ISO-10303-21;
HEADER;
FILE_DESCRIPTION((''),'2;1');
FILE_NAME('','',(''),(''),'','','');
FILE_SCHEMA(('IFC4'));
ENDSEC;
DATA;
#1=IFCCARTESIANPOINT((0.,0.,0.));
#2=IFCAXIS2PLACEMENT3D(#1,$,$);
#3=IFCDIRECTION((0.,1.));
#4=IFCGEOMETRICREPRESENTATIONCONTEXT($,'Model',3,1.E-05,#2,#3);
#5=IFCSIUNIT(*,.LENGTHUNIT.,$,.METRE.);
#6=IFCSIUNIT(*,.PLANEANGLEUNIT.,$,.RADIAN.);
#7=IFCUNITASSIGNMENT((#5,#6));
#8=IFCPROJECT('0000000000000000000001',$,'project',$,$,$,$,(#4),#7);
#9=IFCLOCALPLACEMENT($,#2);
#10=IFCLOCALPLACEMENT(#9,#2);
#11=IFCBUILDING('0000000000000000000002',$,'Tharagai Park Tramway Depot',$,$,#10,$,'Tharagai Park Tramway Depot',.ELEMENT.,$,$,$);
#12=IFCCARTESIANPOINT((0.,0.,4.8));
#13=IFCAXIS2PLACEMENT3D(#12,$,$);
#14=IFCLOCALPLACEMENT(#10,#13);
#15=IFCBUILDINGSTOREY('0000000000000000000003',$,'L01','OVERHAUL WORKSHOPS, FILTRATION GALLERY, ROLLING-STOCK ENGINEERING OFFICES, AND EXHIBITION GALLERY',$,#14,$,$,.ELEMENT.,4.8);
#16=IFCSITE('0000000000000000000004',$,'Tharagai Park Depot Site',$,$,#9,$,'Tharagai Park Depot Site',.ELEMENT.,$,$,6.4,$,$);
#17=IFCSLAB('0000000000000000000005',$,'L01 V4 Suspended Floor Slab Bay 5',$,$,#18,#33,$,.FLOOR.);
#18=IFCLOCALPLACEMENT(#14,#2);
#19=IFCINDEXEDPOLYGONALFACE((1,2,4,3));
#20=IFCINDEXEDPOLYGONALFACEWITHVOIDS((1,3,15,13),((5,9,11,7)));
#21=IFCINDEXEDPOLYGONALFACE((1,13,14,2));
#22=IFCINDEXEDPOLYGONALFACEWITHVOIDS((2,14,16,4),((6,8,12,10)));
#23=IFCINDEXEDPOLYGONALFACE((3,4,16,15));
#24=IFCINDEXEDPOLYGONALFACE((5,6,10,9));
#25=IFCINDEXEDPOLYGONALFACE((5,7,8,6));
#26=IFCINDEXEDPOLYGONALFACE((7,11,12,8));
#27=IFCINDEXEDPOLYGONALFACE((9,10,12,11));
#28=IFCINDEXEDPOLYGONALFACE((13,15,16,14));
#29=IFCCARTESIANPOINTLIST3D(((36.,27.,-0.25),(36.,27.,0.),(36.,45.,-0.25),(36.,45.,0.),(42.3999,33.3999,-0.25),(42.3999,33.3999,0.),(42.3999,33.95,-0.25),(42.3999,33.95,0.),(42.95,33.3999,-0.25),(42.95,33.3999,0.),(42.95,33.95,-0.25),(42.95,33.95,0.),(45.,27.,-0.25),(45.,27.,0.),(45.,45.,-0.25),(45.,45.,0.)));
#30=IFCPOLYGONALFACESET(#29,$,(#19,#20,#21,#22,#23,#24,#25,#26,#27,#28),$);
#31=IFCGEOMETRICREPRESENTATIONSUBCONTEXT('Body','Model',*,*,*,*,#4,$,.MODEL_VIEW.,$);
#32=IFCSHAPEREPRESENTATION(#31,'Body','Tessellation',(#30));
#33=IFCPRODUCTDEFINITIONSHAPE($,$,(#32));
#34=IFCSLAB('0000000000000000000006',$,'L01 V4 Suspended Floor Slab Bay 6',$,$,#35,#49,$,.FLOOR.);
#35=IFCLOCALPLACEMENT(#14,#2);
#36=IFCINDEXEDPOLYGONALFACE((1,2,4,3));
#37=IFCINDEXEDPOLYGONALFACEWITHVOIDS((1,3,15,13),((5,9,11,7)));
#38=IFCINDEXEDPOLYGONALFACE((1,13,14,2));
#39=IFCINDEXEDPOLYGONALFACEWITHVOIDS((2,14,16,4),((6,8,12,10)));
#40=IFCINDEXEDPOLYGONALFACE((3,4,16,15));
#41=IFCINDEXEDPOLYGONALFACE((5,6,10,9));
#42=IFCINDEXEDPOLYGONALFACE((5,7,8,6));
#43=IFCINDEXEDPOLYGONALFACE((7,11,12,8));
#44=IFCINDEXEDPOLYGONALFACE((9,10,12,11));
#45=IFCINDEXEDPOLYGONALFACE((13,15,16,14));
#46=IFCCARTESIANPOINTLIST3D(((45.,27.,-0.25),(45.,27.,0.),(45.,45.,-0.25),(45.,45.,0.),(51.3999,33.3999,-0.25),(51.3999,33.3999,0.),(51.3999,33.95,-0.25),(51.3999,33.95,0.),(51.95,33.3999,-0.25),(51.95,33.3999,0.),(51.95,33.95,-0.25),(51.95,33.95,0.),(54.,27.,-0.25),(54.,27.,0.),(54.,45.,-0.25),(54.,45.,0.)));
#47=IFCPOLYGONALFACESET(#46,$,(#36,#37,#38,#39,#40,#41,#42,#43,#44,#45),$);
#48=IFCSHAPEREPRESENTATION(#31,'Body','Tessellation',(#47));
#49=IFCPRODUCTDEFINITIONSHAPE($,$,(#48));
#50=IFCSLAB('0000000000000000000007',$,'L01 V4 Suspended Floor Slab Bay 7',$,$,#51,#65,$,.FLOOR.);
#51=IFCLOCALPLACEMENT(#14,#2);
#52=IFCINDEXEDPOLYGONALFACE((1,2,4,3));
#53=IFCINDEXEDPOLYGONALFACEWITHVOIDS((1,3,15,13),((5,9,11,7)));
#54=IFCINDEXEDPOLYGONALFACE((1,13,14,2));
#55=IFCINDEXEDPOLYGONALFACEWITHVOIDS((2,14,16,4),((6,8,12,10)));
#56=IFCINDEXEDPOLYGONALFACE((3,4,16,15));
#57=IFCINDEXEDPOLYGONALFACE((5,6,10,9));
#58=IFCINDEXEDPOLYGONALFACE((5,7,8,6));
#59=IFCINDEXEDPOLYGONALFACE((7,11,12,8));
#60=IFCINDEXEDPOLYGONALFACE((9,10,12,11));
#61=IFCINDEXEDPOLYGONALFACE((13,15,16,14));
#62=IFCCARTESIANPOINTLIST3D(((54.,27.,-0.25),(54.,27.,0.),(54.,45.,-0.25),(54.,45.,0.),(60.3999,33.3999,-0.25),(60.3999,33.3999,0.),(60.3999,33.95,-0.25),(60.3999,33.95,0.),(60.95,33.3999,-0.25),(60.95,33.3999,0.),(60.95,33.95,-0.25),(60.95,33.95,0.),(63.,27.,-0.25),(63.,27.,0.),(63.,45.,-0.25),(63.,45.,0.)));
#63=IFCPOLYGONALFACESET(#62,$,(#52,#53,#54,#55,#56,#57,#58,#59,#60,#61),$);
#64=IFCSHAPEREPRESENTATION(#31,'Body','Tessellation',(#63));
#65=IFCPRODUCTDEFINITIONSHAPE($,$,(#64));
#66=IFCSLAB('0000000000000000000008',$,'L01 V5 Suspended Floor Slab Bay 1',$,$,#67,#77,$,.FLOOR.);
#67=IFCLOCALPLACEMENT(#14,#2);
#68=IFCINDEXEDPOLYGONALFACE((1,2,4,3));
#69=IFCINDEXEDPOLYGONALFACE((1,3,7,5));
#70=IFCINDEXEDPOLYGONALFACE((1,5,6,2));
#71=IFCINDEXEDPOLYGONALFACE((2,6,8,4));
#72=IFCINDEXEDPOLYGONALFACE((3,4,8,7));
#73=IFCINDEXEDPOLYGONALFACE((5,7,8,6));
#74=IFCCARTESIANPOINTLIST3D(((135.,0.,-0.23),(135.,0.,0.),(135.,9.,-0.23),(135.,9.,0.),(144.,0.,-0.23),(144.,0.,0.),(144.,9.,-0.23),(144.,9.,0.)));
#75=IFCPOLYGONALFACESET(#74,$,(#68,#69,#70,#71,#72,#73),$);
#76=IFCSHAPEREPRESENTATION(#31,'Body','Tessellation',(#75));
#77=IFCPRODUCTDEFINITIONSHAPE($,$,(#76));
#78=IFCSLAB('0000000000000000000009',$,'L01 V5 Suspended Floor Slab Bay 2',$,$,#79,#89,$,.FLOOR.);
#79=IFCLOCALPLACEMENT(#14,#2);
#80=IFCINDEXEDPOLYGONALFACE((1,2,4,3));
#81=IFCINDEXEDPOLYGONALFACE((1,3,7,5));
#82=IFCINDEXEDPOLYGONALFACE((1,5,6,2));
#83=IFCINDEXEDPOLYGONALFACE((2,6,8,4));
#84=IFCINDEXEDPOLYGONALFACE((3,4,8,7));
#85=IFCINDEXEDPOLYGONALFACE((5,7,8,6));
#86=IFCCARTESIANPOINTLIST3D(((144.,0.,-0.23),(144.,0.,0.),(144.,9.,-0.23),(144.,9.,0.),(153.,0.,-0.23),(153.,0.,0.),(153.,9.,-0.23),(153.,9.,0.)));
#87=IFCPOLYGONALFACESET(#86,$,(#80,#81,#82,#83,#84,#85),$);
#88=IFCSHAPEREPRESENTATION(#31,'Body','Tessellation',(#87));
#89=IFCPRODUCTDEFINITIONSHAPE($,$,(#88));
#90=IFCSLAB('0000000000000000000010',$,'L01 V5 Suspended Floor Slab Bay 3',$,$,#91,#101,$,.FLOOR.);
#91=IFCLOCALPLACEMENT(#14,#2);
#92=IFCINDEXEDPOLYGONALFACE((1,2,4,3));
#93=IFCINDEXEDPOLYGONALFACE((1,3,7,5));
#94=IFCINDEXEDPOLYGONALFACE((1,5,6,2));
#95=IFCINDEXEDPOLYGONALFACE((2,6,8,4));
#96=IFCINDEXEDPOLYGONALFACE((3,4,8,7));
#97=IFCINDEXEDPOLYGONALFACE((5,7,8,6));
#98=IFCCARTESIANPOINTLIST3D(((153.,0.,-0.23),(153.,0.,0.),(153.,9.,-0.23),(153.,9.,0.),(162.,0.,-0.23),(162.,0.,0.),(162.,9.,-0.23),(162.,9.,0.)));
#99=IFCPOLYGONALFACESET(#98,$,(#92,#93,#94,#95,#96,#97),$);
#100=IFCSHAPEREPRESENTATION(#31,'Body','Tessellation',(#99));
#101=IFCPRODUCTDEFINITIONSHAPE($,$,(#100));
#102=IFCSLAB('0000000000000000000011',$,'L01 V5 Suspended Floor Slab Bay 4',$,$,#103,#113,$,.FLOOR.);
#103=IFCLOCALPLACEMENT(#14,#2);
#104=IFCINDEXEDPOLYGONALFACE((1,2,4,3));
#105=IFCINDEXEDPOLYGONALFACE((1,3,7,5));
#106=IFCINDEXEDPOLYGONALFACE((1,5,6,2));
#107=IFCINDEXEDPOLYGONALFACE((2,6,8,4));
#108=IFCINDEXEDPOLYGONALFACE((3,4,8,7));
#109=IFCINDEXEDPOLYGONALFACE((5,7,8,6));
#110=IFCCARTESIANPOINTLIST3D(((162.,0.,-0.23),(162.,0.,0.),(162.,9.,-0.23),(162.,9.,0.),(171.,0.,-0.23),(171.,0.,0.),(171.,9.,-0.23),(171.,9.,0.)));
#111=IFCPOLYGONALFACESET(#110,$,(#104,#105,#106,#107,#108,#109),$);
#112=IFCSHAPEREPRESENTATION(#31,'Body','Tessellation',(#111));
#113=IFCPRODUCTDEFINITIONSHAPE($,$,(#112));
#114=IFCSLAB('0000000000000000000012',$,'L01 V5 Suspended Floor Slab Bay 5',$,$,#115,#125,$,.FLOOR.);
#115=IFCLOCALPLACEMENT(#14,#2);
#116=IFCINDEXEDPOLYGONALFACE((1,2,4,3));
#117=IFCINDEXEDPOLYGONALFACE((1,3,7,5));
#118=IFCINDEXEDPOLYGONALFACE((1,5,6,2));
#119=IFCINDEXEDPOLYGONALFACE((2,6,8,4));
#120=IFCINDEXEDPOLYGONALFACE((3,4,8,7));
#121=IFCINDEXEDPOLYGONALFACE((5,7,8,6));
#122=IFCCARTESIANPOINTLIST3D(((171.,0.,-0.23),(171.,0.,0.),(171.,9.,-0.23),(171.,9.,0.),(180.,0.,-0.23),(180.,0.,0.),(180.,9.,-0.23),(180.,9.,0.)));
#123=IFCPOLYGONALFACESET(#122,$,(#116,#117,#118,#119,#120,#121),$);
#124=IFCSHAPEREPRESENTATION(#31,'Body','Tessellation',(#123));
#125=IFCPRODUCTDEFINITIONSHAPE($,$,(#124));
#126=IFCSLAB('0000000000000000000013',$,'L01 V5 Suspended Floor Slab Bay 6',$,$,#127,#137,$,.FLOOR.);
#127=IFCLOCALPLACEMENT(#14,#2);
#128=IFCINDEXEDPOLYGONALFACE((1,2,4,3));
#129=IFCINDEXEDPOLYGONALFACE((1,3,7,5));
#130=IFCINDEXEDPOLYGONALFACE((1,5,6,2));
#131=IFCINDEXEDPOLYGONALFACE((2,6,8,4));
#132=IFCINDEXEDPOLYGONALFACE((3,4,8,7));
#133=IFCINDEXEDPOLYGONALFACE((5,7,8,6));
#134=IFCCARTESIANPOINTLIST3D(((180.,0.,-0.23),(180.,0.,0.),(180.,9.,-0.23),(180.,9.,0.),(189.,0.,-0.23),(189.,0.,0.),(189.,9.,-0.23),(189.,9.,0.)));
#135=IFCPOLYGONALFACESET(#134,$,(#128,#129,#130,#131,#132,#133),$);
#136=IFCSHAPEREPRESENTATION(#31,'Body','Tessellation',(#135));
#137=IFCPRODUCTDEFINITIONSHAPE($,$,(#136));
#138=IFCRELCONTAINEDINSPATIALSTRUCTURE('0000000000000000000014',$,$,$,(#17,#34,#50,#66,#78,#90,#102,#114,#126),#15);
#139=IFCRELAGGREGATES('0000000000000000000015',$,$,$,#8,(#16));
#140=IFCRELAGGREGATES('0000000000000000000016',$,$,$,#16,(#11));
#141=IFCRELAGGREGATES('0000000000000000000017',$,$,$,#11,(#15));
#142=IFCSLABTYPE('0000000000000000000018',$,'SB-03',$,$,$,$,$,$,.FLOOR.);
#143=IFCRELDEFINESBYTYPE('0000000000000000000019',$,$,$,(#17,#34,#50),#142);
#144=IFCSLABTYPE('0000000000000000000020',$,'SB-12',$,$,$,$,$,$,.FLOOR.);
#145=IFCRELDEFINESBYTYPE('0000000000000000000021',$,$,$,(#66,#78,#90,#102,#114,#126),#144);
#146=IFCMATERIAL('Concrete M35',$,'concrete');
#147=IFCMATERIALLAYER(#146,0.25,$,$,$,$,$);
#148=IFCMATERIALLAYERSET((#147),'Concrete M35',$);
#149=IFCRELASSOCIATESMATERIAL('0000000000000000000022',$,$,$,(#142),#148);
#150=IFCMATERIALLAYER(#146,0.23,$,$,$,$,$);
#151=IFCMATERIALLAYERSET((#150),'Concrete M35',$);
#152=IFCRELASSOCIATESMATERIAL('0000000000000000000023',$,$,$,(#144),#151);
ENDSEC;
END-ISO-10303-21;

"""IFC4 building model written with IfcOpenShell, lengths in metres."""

from ifc_helpers import new_model, si_unit, direction, frame, origin, place, context, subcontext, project, spatial, polyline, outline, extrude, material, layer, layer_set, type_object, element, save


model = new_model("IFC4")

# Units and contexts
model_context = context("Model", 3, precision=1e-05, world=origin(), true_north=direction((0.0, 1.0)))
body_context = subcontext(model_context, "Body", "Model", "MODEL_VIEW")
ifc_project = project(units=[si_unit("LENGTHUNIT", "METRE"), si_unit("PLANEANGLEUNIT", "RADIAN")], contexts=[model_context])

# Site, building, storey
site_placement = place(None, origin())
site = spatial("IfcSite", under=ifc_project, at=site_placement, Name="Tharagai Park Depot Site", LongName="Tharagai Park Depot Site", CompositionType="ELEMENT", RefElevation=6.4)
building_placement = place(site_placement, origin())
building = spatial("IfcBuilding", under=site, at=building_placement, Name="Tharagai Park Tramway Depot", LongName="Tharagai Park Tramway Depot", CompositionType="ELEMENT")
storey_placement = place(building_placement, frame((0.0, 0.0, 4.8)))
storey = spatial("IfcBuildingStorey", under=building, at=storey_placement, Name="L01", Description="OVERHAUL WORKSHOPS, FILTRATION GALLERY, ROLLING-STOCK ENGINEERING OFFICES, AND EXHIBITION GALLERY", CompositionType="ELEMENT", Elevation=4.8)

# Slabs
ifc_material = material(Name="Concrete M35", Category="concrete")
ifc_layer_1 = layer(ifc_material, 0.25)
ifc_layer_set_1 = layer_set([ifc_layer_1], Name="Concrete M35")
slab_type_1 = type_object("IfcSlabType", Name="SB-03", PredefinedType="FLOOR", material=ifc_layer_set_1)
slab_1_placement = place(storey_placement, frame((0.0, 0.0, -0.25)))
element("IfcSlab", 1, at=slab_1_placement, inside=storey, type_object=slab_type_1, Name="L01 V4 Suspended Floor Slab Bay 5", PredefinedType="FLOOR", context=body_context, shape_type="SweptSolid", body=[
    extrude(outline(polyline([(36.0, 27.0), (45.0, 27.0), (45.0, 45.0), (36.0, 45.0), (36.0, 27.0)]), holes=[polyline([(42.3999, 33.3999), (42.95, 33.3999), (42.95, 33.95), (42.3999, 33.95), (42.3999, 33.3999)])]), origin(), (0.0, 0.0, 1.0), 0.25),
])
slab_2_placement = place(storey_placement, frame((0.0, 0.0, -0.25)))
element("IfcSlab", 2, at=slab_2_placement, inside=storey, type_object=slab_type_1, Name="L01 V4 Suspended Floor Slab Bay 6", PredefinedType="FLOOR", context=body_context, shape_type="SweptSolid", body=[
    extrude(outline(polyline([(45.0, 27.0), (54.0, 27.0), (54.0, 45.0), (45.0, 45.0), (45.0, 27.0)]), holes=[polyline([(51.3999, 33.3999), (51.95, 33.3999), (51.95, 33.95), (51.3999, 33.95), (51.3999, 33.3999)])]), origin(), (0.0, 0.0, 1.0), 0.25),
])
slab_3_placement = place(storey_placement, frame((0.0, 0.0, -0.25)))
element("IfcSlab", 3, at=slab_3_placement, inside=storey, type_object=slab_type_1, Name="L01 V4 Suspended Floor Slab Bay 7", PredefinedType="FLOOR", context=body_context, shape_type="SweptSolid", body=[
    extrude(outline(polyline([(54.0, 27.0), (63.0, 27.0), (63.0, 45.0), (54.0, 45.0), (54.0, 27.0)]), holes=[polyline([(60.3999, 33.3999), (60.95, 33.3999), (60.95, 33.95), (60.3999, 33.95), (60.3999, 33.3999)])]), origin(), (0.0, 0.0, 1.0), 0.25),
])
ifc_layer_2 = layer(ifc_material, 0.23)
ifc_layer_set_2 = layer_set([ifc_layer_2], Name="Concrete M35")
slab_type_2 = type_object("IfcSlabType", Name="SB-12", PredefinedType="FLOOR", material=ifc_layer_set_2)
slab_4_placement = place(storey_placement, frame((0.0, 0.0, -0.23)))
element("IfcSlab", 4, at=slab_4_placement, inside=storey, type_object=slab_type_2, Name="L01 V5 Suspended Floor Slab Bay 1", PredefinedType="FLOOR", context=body_context, shape_type="SweptSolid", body=[
    extrude(outline(polyline([(135.0, 0.0), (144.0, 0.0), (144.0, 9.0), (135.0, 9.0), (135.0, 0.0)])), origin(), (0.0, 0.0, 1.0), 0.23),
])
slab_5_placement = place(storey_placement, frame((0.0, 0.0, -0.23)))
element("IfcSlab", 5, at=slab_5_placement, inside=storey, type_object=slab_type_2, Name="L01 V5 Suspended Floor Slab Bay 2", PredefinedType="FLOOR", context=body_context, shape_type="SweptSolid", body=[
    extrude(outline(polyline([(144.0, 0.0), (153.0, 0.0), (153.0, 9.0), (144.0, 9.0), (144.0, 0.0)])), origin(), (0.0, 0.0, 1.0), 0.23),
])
slab_6_placement = place(storey_placement, frame((0.0, 0.0, -0.23)))
element("IfcSlab", 6, at=slab_6_placement, inside=storey, type_object=slab_type_2, Name="L01 V5 Suspended Floor Slab Bay 3", PredefinedType="FLOOR", context=body_context, shape_type="SweptSolid", body=[
    extrude(outline(polyline([(153.0, 0.0), (162.0, 0.0), (162.0, 9.0), (153.0, 9.0), (153.0, 0.0)])), origin(), (0.0, 0.0, 1.0), 0.23),
])
slab_7_placement = place(storey_placement, frame((0.0, 0.0, -0.23)))
element("IfcSlab", 7, at=slab_7_placement, inside=storey, type_object=slab_type_2, Name="L01 V5 Suspended Floor Slab Bay 4", PredefinedType="FLOOR", context=body_context, shape_type="SweptSolid", body=[
    extrude(outline(polyline([(162.0, 0.0), (171.0, 0.0), (171.0, 9.0), (162.0, 9.0), (162.0, 0.0)])), origin(), (0.0, 0.0, 1.0), 0.23),
])
slab_8_placement = place(storey_placement, frame((0.0, 0.0, -0.23)))
element("IfcSlab", 8, at=slab_8_placement, inside=storey, type_object=slab_type_2, Name="L01 V5 Suspended Floor Slab Bay 5", PredefinedType="FLOOR", context=body_context, shape_type="SweptSolid", body=[
    extrude(outline(polyline([(171.0, 0.0), (180.0, 0.0), (180.0, 9.0), (171.0, 9.0), (171.0, 0.0)])), origin(), (0.0, 0.0, 1.0), 0.23),
])
slab_9_placement = place(storey_placement, frame((0.0, 0.0, -0.23)))
element("IfcSlab", 9, at=slab_9_placement, inside=storey, type_object=slab_type_2, Name="L01 V5 Suspended Floor Slab Bay 6", PredefinedType="FLOOR", context=body_context, shape_type="SweptSolid", body=[
    extrude(outline(polyline([(180.0, 0.0), (189.0, 0.0), (189.0, 9.0), (180.0, 9.0), (180.0, 0.0)])), origin(), (0.0, 0.0, 1.0), 0.23),
])

save(model, "model.ifc")
